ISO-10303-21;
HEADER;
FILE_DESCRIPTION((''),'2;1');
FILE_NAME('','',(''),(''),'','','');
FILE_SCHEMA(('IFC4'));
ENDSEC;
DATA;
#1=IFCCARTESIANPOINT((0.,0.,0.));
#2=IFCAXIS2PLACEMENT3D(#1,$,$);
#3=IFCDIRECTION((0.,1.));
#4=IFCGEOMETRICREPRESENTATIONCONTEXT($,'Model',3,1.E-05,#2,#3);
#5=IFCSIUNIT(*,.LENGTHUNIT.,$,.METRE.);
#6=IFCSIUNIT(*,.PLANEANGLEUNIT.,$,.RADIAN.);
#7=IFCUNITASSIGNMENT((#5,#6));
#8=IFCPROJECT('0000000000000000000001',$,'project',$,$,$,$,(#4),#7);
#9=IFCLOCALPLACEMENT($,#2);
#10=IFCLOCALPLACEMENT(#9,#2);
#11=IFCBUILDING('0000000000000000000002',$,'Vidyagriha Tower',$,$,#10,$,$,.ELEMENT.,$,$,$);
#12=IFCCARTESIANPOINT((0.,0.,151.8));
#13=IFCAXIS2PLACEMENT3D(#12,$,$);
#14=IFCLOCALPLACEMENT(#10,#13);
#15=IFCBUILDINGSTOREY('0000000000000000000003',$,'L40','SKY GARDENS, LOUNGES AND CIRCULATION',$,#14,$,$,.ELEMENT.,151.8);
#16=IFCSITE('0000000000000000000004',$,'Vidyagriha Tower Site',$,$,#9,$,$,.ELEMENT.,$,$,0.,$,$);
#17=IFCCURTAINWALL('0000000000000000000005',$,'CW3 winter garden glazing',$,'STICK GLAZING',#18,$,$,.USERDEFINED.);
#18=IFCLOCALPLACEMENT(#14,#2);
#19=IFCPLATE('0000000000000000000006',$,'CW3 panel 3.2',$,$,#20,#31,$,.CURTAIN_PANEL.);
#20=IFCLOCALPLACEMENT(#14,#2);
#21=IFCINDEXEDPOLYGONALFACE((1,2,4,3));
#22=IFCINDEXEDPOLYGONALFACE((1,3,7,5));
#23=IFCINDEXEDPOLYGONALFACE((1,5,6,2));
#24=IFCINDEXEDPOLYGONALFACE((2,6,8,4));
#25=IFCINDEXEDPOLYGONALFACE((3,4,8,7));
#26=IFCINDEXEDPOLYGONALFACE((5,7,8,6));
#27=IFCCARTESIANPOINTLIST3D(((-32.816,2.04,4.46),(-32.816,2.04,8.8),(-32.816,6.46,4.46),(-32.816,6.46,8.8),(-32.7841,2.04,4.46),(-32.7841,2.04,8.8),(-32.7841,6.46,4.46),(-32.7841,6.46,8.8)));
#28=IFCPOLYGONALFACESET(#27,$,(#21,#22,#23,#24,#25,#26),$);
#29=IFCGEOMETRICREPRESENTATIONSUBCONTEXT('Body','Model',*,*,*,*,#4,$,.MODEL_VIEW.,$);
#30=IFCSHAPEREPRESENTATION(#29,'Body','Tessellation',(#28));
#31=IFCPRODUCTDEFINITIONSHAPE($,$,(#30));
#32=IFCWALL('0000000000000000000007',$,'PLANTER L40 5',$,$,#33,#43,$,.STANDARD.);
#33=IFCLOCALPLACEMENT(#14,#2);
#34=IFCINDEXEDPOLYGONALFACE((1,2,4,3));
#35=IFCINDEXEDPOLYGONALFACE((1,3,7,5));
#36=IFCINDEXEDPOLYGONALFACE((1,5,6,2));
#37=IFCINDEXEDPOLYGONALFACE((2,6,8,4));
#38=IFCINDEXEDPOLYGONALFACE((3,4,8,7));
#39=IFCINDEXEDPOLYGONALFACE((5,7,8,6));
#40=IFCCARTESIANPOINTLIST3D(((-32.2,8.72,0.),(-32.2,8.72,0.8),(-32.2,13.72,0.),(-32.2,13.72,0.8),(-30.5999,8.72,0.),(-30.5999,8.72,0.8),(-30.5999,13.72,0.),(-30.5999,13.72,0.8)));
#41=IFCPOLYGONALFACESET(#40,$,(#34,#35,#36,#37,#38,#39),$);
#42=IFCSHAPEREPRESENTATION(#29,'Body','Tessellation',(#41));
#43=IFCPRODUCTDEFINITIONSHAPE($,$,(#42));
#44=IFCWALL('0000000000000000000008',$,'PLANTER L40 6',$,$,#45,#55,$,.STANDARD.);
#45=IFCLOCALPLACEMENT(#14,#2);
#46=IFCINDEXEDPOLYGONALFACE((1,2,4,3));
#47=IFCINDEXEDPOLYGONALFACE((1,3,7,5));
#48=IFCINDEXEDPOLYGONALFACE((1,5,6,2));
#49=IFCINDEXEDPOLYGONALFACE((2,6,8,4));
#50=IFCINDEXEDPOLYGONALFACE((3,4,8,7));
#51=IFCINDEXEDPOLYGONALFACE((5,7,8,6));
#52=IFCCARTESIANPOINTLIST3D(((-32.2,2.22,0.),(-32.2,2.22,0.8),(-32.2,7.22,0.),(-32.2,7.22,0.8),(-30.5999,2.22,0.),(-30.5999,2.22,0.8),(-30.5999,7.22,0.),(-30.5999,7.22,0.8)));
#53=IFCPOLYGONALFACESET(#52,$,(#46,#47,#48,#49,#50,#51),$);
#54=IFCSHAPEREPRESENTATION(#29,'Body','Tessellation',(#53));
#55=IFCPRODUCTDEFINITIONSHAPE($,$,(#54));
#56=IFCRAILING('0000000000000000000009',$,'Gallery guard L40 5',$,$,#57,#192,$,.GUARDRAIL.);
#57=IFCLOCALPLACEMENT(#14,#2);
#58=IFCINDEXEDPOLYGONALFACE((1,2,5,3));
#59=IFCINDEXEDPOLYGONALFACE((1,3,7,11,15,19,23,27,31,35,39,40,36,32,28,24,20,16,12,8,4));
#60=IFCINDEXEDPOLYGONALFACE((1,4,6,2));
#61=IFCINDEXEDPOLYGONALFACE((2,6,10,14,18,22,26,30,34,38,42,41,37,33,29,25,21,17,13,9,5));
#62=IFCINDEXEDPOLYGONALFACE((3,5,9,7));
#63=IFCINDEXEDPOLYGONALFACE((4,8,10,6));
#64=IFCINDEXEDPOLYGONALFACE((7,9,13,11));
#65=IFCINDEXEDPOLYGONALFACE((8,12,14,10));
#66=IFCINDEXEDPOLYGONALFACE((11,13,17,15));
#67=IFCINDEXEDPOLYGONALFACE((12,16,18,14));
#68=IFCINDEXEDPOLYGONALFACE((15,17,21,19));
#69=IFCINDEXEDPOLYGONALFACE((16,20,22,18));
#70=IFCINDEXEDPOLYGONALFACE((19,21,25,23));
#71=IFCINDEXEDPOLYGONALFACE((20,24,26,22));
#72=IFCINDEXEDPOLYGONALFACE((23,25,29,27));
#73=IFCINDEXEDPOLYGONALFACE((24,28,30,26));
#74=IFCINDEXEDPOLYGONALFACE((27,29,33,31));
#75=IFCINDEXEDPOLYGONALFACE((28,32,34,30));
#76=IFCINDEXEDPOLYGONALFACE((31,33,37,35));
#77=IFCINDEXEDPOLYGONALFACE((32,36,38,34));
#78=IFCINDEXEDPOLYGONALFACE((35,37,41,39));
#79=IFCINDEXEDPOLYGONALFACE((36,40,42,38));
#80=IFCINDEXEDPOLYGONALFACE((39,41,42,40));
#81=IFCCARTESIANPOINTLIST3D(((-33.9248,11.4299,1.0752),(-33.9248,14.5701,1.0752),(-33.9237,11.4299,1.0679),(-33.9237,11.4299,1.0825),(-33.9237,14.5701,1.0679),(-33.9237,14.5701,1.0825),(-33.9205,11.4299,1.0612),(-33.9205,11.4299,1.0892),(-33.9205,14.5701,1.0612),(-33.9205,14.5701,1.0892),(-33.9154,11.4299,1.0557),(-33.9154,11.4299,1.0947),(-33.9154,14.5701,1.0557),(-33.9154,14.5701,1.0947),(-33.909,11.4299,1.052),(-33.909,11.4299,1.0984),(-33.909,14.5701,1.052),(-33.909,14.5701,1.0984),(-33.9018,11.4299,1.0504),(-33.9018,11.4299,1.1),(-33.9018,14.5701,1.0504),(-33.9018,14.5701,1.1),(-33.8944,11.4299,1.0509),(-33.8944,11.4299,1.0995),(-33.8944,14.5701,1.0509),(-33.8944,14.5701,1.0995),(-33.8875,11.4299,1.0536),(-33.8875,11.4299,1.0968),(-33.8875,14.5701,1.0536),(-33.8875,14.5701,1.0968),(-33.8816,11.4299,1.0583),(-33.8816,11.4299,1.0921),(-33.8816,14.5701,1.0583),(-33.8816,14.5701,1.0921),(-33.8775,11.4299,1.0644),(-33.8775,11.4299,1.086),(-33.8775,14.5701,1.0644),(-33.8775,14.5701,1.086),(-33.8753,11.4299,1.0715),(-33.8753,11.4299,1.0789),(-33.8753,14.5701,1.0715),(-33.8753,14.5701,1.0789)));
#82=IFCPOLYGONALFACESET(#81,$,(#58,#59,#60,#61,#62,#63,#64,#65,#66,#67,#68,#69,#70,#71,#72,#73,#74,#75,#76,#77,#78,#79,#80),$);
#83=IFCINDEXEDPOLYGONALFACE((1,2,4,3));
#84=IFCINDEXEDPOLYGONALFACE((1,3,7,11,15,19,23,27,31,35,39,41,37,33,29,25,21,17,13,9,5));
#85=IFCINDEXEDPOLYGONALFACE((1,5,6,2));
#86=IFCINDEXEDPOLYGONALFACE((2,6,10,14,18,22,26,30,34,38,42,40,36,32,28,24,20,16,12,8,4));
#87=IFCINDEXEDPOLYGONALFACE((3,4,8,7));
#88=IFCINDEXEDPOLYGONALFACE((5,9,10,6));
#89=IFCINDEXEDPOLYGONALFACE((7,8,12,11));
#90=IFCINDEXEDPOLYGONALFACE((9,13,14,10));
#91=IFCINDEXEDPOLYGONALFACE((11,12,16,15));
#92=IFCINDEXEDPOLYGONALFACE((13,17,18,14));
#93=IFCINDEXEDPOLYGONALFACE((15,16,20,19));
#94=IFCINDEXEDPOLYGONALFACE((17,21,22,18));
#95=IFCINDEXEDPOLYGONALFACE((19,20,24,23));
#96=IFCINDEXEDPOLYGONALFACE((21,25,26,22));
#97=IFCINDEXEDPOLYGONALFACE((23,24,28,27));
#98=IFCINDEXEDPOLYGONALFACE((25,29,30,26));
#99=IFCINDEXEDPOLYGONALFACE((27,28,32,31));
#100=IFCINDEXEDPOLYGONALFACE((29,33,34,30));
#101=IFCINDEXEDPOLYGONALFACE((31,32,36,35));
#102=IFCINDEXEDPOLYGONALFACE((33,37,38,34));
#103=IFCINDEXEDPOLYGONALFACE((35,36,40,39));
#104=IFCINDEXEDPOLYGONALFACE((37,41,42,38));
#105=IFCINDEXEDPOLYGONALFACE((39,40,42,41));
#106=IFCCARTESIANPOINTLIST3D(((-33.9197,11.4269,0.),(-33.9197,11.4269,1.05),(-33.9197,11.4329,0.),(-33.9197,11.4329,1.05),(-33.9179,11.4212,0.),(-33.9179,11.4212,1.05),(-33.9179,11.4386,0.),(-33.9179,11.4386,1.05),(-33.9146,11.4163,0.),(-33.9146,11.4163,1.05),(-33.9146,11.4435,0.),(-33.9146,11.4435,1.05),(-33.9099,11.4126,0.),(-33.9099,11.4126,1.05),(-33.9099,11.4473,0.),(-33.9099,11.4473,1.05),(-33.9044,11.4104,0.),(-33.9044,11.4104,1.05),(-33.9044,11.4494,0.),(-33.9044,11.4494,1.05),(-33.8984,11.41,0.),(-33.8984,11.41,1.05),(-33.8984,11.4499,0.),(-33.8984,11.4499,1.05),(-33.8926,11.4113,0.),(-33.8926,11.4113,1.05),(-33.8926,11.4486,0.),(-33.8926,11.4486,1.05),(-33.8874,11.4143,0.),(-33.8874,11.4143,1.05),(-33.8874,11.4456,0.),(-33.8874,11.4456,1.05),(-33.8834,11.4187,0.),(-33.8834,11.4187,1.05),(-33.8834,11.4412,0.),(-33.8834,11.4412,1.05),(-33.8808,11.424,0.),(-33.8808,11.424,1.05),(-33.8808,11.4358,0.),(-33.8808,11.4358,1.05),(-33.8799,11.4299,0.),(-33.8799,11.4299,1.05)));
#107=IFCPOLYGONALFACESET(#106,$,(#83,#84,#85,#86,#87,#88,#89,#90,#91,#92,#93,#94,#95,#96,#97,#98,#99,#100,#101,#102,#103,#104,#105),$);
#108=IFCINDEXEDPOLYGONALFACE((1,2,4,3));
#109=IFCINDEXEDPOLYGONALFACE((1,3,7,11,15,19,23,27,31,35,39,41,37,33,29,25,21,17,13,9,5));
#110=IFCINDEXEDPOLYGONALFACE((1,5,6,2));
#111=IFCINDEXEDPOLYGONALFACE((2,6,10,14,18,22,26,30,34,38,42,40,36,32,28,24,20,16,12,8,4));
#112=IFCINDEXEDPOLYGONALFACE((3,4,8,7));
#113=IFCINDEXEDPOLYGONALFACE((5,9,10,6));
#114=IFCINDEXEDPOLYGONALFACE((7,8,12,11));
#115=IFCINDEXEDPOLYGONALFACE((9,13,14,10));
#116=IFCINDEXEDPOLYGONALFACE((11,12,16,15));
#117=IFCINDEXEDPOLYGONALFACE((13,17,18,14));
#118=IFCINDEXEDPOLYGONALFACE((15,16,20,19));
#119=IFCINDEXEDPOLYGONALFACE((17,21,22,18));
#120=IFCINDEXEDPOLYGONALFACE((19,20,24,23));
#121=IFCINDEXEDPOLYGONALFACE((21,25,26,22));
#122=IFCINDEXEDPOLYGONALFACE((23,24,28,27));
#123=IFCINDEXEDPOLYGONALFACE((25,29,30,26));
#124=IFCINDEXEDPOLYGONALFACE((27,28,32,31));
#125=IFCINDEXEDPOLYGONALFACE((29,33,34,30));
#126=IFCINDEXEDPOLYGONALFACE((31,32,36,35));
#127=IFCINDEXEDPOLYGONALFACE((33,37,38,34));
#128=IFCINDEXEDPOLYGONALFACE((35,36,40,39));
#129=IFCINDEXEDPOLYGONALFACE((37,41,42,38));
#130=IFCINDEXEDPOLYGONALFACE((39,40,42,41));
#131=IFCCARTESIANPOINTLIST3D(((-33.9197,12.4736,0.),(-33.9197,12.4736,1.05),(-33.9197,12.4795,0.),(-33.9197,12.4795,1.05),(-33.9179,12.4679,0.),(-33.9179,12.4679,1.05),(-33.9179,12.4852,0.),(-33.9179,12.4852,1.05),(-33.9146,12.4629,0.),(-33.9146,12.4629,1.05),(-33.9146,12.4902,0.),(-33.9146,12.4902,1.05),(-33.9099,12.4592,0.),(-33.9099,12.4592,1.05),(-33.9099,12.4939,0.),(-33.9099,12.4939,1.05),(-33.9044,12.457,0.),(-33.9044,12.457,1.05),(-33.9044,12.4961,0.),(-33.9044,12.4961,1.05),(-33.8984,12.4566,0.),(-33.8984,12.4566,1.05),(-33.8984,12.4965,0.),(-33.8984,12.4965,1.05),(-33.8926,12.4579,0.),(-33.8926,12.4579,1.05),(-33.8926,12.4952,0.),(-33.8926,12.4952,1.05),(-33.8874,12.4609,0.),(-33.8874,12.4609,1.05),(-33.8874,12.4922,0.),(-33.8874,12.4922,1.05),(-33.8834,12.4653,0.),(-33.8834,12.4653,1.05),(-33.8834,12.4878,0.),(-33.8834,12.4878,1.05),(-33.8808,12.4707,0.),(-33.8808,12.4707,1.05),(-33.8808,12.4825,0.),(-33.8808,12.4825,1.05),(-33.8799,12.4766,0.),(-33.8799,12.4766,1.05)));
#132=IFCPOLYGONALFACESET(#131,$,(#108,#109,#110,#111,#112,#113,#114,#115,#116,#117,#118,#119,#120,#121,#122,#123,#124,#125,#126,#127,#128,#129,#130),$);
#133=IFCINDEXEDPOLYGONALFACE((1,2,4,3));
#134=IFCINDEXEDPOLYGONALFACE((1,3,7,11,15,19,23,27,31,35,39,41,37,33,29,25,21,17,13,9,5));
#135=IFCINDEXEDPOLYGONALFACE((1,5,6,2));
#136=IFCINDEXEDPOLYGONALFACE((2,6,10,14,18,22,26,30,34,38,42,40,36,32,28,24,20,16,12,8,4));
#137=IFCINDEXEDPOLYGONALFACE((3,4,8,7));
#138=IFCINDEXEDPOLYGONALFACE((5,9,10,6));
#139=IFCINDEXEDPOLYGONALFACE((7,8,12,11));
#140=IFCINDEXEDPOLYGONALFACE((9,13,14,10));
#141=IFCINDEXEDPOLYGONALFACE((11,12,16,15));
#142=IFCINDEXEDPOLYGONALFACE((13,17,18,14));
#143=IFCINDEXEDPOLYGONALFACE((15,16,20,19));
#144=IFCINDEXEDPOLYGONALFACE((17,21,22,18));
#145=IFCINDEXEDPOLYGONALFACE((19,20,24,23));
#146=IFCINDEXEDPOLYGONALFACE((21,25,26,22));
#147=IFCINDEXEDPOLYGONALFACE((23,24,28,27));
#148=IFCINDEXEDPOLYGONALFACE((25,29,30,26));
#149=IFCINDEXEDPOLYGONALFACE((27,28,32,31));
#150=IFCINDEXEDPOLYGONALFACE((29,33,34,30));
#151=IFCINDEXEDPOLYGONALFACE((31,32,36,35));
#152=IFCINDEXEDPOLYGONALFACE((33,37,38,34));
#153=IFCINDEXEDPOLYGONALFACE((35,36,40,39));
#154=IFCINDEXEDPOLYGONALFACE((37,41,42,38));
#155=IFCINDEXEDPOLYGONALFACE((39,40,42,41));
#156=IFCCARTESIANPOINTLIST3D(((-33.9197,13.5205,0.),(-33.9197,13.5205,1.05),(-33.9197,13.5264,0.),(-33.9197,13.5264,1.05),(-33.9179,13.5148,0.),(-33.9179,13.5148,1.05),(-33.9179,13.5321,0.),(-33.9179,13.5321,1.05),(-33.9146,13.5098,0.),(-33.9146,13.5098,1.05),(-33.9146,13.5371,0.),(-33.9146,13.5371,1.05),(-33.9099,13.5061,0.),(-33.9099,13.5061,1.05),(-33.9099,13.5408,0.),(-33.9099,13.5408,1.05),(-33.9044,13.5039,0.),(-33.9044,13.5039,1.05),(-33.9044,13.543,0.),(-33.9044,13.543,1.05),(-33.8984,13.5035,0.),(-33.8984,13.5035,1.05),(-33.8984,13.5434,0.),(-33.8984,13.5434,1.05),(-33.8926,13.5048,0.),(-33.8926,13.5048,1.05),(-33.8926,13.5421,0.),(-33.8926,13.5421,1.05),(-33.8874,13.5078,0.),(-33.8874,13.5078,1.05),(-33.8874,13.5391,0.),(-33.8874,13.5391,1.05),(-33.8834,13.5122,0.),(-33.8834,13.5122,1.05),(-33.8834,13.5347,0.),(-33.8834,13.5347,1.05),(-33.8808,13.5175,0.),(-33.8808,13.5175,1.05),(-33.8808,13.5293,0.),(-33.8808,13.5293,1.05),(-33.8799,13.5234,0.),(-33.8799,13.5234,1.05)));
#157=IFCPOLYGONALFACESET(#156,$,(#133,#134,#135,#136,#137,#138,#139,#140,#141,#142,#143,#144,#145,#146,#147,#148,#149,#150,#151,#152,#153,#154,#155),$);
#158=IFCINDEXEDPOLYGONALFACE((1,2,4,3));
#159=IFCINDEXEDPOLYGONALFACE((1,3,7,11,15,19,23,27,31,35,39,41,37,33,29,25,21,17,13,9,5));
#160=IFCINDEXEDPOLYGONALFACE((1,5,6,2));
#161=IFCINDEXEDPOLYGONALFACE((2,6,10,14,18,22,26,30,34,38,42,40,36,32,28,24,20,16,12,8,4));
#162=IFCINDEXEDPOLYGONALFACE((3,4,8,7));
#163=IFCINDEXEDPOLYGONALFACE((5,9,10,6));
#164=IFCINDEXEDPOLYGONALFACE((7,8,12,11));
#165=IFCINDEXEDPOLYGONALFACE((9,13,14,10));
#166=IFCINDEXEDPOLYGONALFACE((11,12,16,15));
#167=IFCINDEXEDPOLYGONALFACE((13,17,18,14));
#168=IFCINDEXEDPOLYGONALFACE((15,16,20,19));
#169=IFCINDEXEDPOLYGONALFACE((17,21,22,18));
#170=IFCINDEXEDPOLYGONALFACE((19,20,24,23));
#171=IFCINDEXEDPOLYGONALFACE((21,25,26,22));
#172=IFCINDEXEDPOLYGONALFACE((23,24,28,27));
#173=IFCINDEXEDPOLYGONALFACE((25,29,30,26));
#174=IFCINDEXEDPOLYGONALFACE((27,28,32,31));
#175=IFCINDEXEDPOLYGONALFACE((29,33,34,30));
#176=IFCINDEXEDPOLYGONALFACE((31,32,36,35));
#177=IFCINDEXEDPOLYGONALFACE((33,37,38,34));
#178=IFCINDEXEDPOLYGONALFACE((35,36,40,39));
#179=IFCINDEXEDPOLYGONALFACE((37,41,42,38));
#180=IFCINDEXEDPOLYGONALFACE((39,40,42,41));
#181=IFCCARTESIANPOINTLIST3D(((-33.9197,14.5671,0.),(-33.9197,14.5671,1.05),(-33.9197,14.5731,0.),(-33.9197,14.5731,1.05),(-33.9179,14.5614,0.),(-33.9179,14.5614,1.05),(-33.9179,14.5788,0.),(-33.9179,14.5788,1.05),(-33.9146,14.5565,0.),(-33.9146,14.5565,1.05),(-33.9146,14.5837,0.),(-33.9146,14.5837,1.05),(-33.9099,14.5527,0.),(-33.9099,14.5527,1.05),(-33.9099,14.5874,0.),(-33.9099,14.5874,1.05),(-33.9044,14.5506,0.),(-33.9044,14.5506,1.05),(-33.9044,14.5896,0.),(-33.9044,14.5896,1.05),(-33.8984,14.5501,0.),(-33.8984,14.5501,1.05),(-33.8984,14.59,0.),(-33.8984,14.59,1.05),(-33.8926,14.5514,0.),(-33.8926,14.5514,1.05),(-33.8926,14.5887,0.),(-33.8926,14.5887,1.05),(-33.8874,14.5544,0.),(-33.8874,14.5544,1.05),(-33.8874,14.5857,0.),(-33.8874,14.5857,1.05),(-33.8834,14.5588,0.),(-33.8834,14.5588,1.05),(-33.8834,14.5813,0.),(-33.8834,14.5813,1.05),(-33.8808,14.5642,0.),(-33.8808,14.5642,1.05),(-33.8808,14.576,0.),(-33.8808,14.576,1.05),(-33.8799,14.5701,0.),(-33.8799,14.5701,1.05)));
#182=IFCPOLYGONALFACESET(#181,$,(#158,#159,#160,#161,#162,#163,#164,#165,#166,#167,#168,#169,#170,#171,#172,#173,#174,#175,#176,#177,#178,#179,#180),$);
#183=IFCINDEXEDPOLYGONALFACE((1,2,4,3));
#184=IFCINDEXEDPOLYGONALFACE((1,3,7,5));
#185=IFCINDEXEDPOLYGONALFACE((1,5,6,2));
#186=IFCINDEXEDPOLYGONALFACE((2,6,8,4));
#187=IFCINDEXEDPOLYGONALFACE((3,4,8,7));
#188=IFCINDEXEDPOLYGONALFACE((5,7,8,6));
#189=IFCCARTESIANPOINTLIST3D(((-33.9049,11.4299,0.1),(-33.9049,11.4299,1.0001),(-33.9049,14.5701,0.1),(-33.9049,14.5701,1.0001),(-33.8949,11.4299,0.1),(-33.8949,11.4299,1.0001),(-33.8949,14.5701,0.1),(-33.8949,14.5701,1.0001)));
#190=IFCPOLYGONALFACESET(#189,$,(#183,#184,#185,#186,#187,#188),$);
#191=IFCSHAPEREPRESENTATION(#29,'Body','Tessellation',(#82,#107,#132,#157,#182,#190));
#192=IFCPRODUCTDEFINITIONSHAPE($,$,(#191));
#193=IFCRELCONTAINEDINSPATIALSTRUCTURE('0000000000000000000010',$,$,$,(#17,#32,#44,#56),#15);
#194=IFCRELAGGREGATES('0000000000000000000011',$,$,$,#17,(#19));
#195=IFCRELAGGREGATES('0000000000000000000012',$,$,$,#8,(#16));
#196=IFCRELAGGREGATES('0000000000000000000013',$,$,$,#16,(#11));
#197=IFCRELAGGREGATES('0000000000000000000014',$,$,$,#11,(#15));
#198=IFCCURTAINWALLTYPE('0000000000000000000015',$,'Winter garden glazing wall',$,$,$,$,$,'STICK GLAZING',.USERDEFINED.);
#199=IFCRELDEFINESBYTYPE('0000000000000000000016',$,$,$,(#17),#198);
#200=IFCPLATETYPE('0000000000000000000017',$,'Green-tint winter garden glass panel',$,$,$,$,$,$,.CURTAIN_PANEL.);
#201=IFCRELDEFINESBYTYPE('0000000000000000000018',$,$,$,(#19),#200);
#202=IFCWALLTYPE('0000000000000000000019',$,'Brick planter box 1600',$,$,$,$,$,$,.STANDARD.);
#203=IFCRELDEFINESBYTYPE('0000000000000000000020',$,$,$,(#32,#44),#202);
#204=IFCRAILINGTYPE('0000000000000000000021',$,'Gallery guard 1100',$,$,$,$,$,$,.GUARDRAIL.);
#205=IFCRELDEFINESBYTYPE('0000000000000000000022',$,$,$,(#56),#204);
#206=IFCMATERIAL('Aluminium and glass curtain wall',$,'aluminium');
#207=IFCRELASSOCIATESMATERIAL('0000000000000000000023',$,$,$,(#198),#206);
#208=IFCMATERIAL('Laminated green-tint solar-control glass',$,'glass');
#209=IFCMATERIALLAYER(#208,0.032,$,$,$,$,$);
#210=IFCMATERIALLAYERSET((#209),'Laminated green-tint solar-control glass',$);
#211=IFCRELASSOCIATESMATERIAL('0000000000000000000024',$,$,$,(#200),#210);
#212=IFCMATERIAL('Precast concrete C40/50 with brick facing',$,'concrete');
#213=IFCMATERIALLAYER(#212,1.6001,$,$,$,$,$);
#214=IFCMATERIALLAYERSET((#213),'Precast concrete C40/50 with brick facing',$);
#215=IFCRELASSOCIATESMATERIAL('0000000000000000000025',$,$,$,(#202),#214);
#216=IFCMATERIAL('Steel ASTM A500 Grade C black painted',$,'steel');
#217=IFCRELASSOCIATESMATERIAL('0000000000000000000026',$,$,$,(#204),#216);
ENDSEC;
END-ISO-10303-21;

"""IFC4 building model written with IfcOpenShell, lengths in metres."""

from ifc_helpers import new_model, si_unit, direction, frame, frame_2d, origin, origin_2d, place, context, subcontext, project, spatial, rectangle, circle, extrude, material, layer, layer_set, type_object, element, aggregate, save


model = new_model("IFC4")

# Units and contexts
model_context = context("Model", 3, precision=1e-05, world=origin(), true_north=direction((0.0, 1.0)))
body_context = subcontext(model_context, "Body", "Model", "MODEL_VIEW")
ifc_project = project(units=[si_unit("LENGTHUNIT", "METRE"), si_unit("PLANEANGLEUNIT", "RADIAN")], contexts=[model_context])

# Site, building, storey
site_placement = place(None, origin())
site = spatial("IfcSite", under=ifc_project, at=site_placement, Name="Vidyagriha Tower Site", CompositionType="ELEMENT", RefElevation=0.0)
building_placement = place(site_placement, origin())
building = spatial("IfcBuilding", under=site, at=building_placement, Name="Vidyagriha Tower", CompositionType="ELEMENT")
storey_placement = place(building_placement, frame((0.0, 0.0, 151.8)))
storey = spatial("IfcBuildingStorey", under=building, at=storey_placement, Name="L40", Description="SKY GARDENS, LOUNGES AND CIRCULATION", CompositionType="ELEMENT", Elevation=151.8)

# Shared definitions
ifc_material_1 = material(Name="Aluminium and glass curtain wall", Category="aluminium")
curtain_wall_type = type_object("IfcCurtainWallType", Name="Winter garden glazing wall", ElementType="STICK GLAZING", PredefinedType="USERDEFINED", material=ifc_material_1)

# Curtain wall
curtain_wall_1_placement = place(storey_placement, origin())
curtain_wall_1 = element("IfcCurtainWall", 1, at=curtain_wall_1_placement, inside=storey, type_object=curtain_wall_type, Name="CW3 winter garden glazing", ObjectType="STICK GLAZING", PredefinedType="USERDEFINED")

# Plate
ifc_material_2 = material(Name="Laminated green-tint solar-control glass", Category="glass")
ifc_layer_1 = layer(ifc_material_2, 0.032)
ifc_layer_set_1 = layer_set([ifc_layer_1], Name="Laminated green-tint solar-control glass")
plate_type = type_object("IfcPlateType", Name="Green-tint winter garden glass panel", PredefinedType="CURTAIN_PANEL", material=ifc_layer_set_1)
plate_1_placement = place(storey_placement, frame((-32.8, 4.25, 4.46), z_axis=(0.0, 0.0, 1.0), x_axis=(0.0, -1.0, 0.0)))
plate_1 = element("IfcPlate", 2, at=plate_1_placement, type_object=plate_type, Name="CW3 panel 3.2", PredefinedType="CURTAIN_PANEL", context=body_context, shape_type="SweptSolid", body=[
    extrude(rectangle(XDim=4.4199, YDim=0.032, at=origin_2d()), origin(), (0.0, 0.0, 1.0), 4.3401),
])
aggregate(curtain_wall_1, [plate_1])

# Walls
ifc_material_3 = material(Name="Precast concrete C40/50 with brick facing", Category="concrete")
ifc_layer_2 = layer(ifc_material_3, 1.6001)
ifc_layer_set_2 = layer_set([ifc_layer_2], Name="Precast concrete C40/50 with brick facing")
wall_type = type_object("IfcWallType", Name="Brick planter box 1600", PredefinedType="STANDARD", material=ifc_layer_set_2)
for number, where, z_axis, x_axis, name in (
    (3, (-31.3999, 13.72, 0.0), (0.0, 0.0, 1.0), (0.0, -1.0, 0.0), "PLANTER L40 5"),
    (4, (-31.3999, 7.22, 0.0), (0.0, 0.0, 1.0), (0.0, -1.0, 0.0), "PLANTER L40 6"),
):
    element("IfcWall", number, at=place(storey_placement, frame(where, z_axis=z_axis, x_axis=x_axis)), inside=storey, type_object=wall_type, Name=name, PredefinedType="STANDARD", context=body_context, shape_type="SweptSolid", body=[
        extrude(rectangle(XDim=5.0, YDim=1.6001, at=frame_2d((2.5, 0.0))), origin(), (0.0, 0.0, 1.0), 0.8),
    ])

# Railing
ifc_material_4 = material(Name="Steel ASTM A500 Grade C black painted", Category="steel")
railing_type = type_object("IfcRailingType", Name="Gallery guard 1100", PredefinedType="GUARDRAIL", material=ifc_material_4)
railing_1_placement = place(storey_placement, frame((-33.8999, 11.4299, 0.0)))
element("IfcRailing", 5, at=railing_1_placement, inside=storey, type_object=railing_type, Name="Gallery guard L40 5", PredefinedType="GUARDRAIL", context=body_context, shape_type="SweptSolid", body=[
    extrude(circle(Radius=0.0249, at=origin_2d()), frame((0.0, 0.0, 1.0752), z_axis=(0.0, 1.0, 0.0), x_axis=(-1.0, 0.0, 0.0)), (0.0, 0.0, 1.0), 3.1401),
    extrude(circle(Radius=0.02, at=origin_2d()), origin(), (0.0, 0.0, 1.0), 1.05),
    extrude(circle(Radius=0.02, at=origin_2d()), frame((0.0, 1.0466, 0.0)), (0.0, 0.0, 1.0), 1.05),
    extrude(circle(Radius=0.02, at=origin_2d()), frame((0.0, 2.0935, 0.0)), (0.0, 0.0, 1.0), 1.05),
    extrude(circle(Radius=0.02, at=origin_2d()), frame((0.0, 3.1401, 0.0)), (0.0, 0.0, 1.0), 1.05),
    extrude(rectangle(XDim=0.01, YDim=0.9001, at=origin_2d()), frame((0.0, 0.0, 0.55), z_axis=(0.0, 1.0, 0.0), x_axis=(-1.0, 0.0, 0.0)), (0.0, 0.0, 1.0), 3.1401),
])

save(model, "model.ifc")
